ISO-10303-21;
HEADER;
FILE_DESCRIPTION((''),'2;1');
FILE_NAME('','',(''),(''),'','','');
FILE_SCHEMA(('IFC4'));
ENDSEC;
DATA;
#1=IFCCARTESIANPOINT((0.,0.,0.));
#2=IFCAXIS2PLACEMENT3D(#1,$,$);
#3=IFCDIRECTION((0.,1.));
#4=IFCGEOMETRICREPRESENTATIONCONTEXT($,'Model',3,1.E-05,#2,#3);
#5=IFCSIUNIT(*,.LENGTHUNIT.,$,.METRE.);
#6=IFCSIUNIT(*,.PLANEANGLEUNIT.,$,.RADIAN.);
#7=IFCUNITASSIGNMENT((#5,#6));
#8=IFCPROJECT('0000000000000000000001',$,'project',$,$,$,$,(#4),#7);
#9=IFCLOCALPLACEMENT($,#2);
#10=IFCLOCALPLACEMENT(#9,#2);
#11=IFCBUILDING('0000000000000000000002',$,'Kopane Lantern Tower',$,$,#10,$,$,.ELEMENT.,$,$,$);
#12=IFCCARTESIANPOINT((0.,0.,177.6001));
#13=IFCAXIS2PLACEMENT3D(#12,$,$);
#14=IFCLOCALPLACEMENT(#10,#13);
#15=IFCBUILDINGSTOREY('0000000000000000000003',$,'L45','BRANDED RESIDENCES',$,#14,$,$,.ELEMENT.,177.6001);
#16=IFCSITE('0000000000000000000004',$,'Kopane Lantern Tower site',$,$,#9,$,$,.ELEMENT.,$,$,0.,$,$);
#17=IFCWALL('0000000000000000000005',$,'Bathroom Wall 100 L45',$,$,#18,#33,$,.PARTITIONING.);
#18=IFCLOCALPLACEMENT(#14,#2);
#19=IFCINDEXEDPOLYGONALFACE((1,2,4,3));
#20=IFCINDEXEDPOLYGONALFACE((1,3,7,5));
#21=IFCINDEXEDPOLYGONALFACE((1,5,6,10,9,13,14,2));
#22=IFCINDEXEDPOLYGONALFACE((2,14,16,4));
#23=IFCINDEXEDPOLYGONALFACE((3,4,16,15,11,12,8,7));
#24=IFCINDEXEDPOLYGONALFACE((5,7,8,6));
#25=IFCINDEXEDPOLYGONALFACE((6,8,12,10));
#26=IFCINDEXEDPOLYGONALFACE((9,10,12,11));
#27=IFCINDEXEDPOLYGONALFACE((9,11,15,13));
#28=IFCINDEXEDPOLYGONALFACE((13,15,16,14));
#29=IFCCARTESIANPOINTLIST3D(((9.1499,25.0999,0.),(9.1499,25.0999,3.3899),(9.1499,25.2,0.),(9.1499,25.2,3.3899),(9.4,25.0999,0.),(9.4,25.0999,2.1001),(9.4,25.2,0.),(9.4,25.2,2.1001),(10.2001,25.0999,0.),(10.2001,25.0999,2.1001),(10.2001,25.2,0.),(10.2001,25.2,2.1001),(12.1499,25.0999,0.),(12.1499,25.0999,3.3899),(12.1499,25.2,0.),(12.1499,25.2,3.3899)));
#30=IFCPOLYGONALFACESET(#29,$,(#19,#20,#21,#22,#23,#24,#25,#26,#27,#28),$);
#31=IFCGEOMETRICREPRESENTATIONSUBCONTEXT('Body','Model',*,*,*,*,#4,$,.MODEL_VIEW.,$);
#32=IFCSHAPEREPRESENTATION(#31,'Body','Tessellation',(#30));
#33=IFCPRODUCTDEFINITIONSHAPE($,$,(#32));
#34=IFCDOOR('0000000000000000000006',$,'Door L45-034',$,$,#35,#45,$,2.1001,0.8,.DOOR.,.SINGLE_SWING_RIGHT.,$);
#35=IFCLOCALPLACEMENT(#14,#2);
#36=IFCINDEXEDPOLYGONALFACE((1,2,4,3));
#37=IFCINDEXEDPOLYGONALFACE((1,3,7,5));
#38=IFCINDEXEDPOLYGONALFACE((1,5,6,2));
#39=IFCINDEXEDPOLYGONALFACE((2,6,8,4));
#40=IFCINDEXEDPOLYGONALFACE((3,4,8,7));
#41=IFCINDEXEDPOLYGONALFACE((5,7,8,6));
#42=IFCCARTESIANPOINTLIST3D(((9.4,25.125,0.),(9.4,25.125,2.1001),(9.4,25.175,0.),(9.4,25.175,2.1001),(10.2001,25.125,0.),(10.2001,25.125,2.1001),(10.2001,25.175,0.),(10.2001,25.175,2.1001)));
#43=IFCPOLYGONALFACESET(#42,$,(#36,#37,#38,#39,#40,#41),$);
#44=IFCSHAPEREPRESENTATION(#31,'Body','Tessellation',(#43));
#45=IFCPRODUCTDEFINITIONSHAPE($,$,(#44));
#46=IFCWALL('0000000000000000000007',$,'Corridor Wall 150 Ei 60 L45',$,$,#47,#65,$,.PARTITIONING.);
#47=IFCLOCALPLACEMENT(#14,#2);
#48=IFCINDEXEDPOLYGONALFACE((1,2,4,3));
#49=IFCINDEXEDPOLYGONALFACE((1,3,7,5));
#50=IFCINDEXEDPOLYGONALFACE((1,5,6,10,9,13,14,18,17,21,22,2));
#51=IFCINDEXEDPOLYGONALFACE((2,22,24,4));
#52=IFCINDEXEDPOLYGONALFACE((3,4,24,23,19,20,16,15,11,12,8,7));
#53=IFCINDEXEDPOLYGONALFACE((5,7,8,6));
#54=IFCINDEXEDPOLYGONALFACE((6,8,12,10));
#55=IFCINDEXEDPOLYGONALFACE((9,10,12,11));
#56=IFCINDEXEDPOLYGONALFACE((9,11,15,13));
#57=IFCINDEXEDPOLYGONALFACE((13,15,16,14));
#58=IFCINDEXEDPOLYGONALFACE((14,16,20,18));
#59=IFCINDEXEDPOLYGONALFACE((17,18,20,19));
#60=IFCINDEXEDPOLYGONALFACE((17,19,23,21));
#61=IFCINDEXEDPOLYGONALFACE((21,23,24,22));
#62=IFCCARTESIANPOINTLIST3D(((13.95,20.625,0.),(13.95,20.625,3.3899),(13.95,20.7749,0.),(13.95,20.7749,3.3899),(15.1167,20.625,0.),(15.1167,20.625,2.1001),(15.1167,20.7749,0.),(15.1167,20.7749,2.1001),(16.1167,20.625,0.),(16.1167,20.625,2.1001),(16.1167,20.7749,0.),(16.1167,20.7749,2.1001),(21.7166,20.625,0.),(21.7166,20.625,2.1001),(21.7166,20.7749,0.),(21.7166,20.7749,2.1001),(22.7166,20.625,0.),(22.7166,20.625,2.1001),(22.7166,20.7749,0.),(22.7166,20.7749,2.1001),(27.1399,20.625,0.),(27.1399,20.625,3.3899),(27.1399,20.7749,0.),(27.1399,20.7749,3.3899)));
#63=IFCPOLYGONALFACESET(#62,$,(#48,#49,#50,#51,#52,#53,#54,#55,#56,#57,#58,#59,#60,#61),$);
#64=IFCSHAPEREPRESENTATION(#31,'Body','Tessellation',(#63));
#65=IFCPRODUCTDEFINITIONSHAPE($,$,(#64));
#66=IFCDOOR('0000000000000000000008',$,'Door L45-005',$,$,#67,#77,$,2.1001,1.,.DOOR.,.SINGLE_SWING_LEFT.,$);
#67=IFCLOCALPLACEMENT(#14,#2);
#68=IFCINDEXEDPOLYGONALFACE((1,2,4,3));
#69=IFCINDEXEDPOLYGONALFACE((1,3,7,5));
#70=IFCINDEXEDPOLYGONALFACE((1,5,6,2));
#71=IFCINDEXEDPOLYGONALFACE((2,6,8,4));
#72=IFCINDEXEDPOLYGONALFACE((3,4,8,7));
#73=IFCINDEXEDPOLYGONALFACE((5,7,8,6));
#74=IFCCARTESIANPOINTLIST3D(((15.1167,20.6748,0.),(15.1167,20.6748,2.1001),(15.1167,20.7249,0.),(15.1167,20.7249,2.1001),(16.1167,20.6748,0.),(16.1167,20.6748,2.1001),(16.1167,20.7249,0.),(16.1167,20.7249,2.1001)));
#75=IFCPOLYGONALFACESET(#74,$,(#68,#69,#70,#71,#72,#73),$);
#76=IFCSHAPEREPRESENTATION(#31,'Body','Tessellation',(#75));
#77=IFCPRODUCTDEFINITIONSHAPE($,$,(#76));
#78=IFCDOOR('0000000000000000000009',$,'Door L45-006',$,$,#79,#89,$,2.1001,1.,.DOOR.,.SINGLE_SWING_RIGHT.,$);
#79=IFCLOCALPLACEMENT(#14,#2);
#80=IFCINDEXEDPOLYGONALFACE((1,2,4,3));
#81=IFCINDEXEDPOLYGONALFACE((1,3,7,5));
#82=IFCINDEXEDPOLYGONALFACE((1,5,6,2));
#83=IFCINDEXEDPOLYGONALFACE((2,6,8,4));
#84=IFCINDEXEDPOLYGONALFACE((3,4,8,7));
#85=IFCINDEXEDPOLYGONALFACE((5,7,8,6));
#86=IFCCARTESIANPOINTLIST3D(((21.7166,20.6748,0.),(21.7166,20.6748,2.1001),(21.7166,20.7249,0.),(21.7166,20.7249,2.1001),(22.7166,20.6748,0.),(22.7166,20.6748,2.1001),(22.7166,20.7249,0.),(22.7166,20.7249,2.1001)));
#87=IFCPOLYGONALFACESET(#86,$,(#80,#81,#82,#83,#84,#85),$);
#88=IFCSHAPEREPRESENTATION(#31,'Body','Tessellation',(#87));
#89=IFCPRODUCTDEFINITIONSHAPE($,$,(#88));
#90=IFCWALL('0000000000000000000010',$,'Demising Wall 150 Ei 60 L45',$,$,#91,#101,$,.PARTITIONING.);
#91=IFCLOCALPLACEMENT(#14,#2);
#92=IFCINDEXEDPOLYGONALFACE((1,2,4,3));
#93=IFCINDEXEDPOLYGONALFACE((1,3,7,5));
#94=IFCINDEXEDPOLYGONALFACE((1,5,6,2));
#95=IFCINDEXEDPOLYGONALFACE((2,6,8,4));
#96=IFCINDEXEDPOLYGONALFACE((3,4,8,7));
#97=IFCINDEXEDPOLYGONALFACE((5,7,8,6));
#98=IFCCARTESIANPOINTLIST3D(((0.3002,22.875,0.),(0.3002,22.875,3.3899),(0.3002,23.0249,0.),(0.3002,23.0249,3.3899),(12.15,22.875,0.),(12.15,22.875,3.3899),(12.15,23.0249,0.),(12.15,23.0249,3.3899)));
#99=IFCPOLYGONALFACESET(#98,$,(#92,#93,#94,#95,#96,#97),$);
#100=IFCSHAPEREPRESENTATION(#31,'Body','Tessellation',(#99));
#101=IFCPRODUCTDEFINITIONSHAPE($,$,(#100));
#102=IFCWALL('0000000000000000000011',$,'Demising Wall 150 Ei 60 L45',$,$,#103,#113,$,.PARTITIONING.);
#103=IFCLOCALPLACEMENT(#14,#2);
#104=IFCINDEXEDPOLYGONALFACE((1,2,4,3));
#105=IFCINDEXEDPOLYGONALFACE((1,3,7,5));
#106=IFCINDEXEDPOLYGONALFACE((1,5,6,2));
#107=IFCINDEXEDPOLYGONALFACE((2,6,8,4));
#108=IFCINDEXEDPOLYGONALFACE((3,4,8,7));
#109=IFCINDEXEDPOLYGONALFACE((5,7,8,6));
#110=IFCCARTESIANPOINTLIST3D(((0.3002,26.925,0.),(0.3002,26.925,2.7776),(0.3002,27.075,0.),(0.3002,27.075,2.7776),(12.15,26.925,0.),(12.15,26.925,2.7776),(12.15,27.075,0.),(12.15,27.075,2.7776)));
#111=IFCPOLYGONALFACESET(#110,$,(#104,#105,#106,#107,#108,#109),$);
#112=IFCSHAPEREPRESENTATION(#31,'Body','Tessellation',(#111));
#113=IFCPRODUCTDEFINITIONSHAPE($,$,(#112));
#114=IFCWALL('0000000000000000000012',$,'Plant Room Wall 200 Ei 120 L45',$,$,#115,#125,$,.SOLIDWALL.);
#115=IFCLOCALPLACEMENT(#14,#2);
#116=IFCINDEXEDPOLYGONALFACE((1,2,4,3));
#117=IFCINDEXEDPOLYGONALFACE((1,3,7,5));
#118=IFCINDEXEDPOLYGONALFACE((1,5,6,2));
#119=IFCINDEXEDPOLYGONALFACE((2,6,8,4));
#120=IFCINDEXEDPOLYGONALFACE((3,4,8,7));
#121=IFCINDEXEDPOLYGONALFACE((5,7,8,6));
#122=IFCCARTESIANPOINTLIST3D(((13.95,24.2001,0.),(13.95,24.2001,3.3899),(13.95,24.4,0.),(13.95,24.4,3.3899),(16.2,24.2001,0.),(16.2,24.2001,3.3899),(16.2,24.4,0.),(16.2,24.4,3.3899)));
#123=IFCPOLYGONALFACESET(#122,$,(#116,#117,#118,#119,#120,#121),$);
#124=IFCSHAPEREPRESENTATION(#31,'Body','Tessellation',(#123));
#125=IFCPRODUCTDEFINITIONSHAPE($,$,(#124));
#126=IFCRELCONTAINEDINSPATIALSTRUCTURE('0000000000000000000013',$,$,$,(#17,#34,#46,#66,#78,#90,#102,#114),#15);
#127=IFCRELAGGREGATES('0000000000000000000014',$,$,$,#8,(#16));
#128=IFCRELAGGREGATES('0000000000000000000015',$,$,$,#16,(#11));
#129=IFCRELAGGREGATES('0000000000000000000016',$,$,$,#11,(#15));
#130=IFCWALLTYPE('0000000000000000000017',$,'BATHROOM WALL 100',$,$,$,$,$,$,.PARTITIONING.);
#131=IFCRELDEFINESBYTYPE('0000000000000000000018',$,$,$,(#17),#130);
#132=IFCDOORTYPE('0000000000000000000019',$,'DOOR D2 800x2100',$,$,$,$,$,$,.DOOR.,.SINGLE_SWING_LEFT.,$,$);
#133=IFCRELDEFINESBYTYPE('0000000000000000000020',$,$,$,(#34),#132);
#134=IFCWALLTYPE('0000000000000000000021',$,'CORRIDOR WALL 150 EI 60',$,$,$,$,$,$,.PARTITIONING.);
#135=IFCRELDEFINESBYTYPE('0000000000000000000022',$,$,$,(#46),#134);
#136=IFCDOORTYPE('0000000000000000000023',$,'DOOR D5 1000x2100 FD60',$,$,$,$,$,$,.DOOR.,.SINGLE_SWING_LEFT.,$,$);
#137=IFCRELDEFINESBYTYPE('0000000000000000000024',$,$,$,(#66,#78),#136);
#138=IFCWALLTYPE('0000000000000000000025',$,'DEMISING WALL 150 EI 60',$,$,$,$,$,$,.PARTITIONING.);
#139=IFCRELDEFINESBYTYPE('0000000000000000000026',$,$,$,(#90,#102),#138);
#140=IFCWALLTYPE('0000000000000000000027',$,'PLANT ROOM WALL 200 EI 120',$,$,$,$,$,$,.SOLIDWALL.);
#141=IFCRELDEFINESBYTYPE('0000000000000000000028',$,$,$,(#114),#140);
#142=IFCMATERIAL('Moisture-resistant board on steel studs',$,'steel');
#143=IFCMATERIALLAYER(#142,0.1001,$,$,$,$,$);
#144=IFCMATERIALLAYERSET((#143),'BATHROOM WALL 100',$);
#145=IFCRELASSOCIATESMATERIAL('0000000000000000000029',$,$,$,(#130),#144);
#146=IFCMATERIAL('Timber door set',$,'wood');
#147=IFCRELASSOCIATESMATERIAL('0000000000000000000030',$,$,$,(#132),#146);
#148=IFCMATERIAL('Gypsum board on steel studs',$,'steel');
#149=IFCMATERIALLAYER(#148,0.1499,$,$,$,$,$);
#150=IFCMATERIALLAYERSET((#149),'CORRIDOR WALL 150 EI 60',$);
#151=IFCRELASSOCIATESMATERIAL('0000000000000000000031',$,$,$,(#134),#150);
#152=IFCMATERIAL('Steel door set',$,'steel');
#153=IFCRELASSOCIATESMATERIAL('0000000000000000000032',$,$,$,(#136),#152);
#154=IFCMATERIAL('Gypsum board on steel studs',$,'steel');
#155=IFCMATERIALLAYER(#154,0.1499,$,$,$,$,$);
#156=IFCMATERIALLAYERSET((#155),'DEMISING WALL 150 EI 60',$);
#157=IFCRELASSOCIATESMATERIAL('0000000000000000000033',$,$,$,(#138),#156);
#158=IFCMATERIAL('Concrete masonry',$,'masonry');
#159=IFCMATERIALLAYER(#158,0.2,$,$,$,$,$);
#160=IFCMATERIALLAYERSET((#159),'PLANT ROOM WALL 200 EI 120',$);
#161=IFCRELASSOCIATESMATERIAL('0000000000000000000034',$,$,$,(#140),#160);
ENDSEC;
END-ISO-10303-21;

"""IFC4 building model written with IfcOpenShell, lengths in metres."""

from ifc_helpers import new_model, si_unit, direction, frame, frame_2d, origin, place, context, subcontext, project, spatial, rectangle, extrude, material, layer, layer_set, type_object, element, fill, save


model = new_model("IFC4")

# Units and contexts
model_context = context("Model", 3, precision=1e-05, world=origin(), true_north=direction((0.0, 1.0)))
body_context = subcontext(model_context, "Body", "Model", "MODEL_VIEW")
ifc_project = project(units=[si_unit("LENGTHUNIT", "METRE"), si_unit("PLANEANGLEUNIT", "RADIAN")], contexts=[model_context])

# Site, building, storey
site_placement = place(None, origin())
site = spatial("IfcSite", under=ifc_project, at=site_placement, Name="Kopane Lantern Tower site", CompositionType="ELEMENT", RefElevation=0.0)
building_placement = place(site_placement, origin())
building = spatial("IfcBuilding", under=site, at=building_placement, Name="Kopane Lantern Tower", CompositionType="ELEMENT")
storey_placement = place(building_placement, frame((0.0, 0.0, 177.6001)))
storey = spatial("IfcBuildingStorey", under=building, at=storey_placement, Name="L45", Description="BRANDED RESIDENCES", CompositionType="ELEMENT", Elevation=177.6001)

# Wall, opening, door
ifc_material_1 = material(Name="Moisture-resistant board on steel studs", Category="steel")
ifc_layer_1 = layer(ifc_material_1, 0.1001)
ifc_layer_set_1 = layer_set([ifc_layer_1], Name="BATHROOM WALL 100")
wall_type_1 = type_object("IfcWallType", Name="BATHROOM WALL 100", PredefinedType="PARTITIONING", material=ifc_layer_set_1)
ifc_material_2 = material(Name="Timber door set", Category="wood")
door_type_1 = type_object("IfcDoorType", Name="DOOR D2 800x2100", OperationType="SINGLE_SWING_LEFT", PredefinedType="DOOR", material=ifc_material_2)
wall_1_placement = place(storey_placement, frame((12.1499, 25.1499, 0.0), z_axis=(0.0, 0.0, 1.0), x_axis=(-1.0, 0.0, 0.0)))
wall_1 = element("IfcWall", 1, at=wall_1_placement, inside=storey, type_object=wall_type_1, Name="Bathroom Wall 100 L45", PredefinedType="PARTITIONING", context=body_context, shape_type="SweptSolid", body=[
    extrude(rectangle(XDim=3.0, YDim=0.1001, at=frame_2d((1.5, 0.0))), origin(), (0.0, 0.0, 1.0), 3.3899),
])
opening_1_placement = place(wall_1_placement, frame((1.95, 0.0, 0.0)))
opening_1 = element("IfcOpeningElement", 2, at=opening_1_placement, cuts=wall_1, PredefinedType="OPENING", context=body_context, shape_type="SweptSolid", body=[
    extrude(rectangle(XDim=0.8, YDim=2.1001, at=frame_2d((0.3999, 1.05))), frame((0.0, 0.0601, 0.0), z_axis=(0.0, -1.0, 0.0), x_axis=(1.0, 0.0, 0.0)), (0.0, 0.0, 1.0), 0.1201),
])
door_1_placement = place(opening_1_placement, origin())
door_1 = element("IfcDoor", 3, at=door_1_placement, inside=storey, type_object=door_type_1, Name="Door L45-034", OperationType="SINGLE_SWING_RIGHT", OverallHeight=2.1001, OverallWidth=0.8, PredefinedType="DOOR", context=body_context, shape_type="SweptSolid", body=[
    extrude(rectangle(XDim=0.8, YDim=2.1001, at=frame_2d((0.3999, 1.05))), frame((0.0, 0.0249, 0.0), z_axis=(0.0, -1.0, 0.0), x_axis=(1.0, 0.0, 0.0)), (0.0, 0.0, 1.0), 0.05),
])
fill(opening_1, door_1)

# Wall, openings, doors
ifc_material_3 = material(Name="Gypsum board on steel studs", Category="steel")
ifc_layer_2 = layer(ifc_material_3, 0.1499)
ifc_layer_set_2 = layer_set([ifc_layer_2], Name="CORRIDOR WALL 150 EI 60")
wall_type_2 = type_object("IfcWallType", Name="CORRIDOR WALL 150 EI 60", PredefinedType="PARTITIONING", material=ifc_layer_set_2)
wall_2_placement = place(storey_placement, frame((13.95, 20.7, 0.0), z_axis=(0.0, 0.0, 1.0), x_axis=(1.0, 0.0, 0.0)))
wall_2 = element("IfcWall", 4, at=wall_2_placement, inside=storey, type_object=wall_type_2, Name="Corridor Wall 150 Ei 60 L45", PredefinedType="PARTITIONING", context=body_context, shape_type="SweptSolid", body=[
    extrude(rectangle(XDim=13.1899, YDim=0.1499, at=frame_2d((6.595, 0.0))), origin(), (0.0, 0.0, 1.0), 3.3899),
])
opening_2_placement = place(wall_2_placement, frame((1.1667, 0.0, 0.0)))
opening_2 = element("IfcOpeningElement", 5, at=opening_2_placement, cuts=wall_2, PredefinedType="OPENING", context=body_context, shape_type="SweptSolid", body=[
    extrude(rectangle(XDim=1.0, YDim=2.1001, at=frame_2d((0.5, 1.05))), frame((0.0, 0.085, 0.0), z_axis=(0.0, -1.0, 0.0), x_axis=(1.0, 0.0, 0.0)), (0.0, 0.0, 1.0), 0.1699),
])
opening_3_placement = place(wall_2_placement, frame((7.7666, 0.0, 0.0)))
opening_3 = element("IfcOpeningElement", 6, at=opening_3_placement, cuts=wall_2, PredefinedType="OPENING", context=body_context, shape_type="SweptSolid", body=[
    extrude(rectangle(XDim=1.0, YDim=2.1001, at=frame_2d((0.5, 1.05))), frame((0.0, 0.085, 0.0), z_axis=(0.0, -1.0, 0.0), x_axis=(1.0, 0.0, 0.0)), (0.0, 0.0, 1.0), 0.1699),
])
ifc_material_4 = material(Name="Steel door set", Category="steel")
door_type_2 = type_object("IfcDoorType", Name="DOOR D5 1000x2100 FD60", OperationType="SINGLE_SWING_LEFT", PredefinedType="DOOR", material=ifc_material_4)
door_2_placement = place(opening_2_placement, origin())
door_2 = element("IfcDoor", 7, at=door_2_placement, inside=storey, type_object=door_type_2, Name="Door L45-005", OperationType="SINGLE_SWING_LEFT", OverallHeight=2.1001, OverallWidth=1.0, PredefinedType="DOOR", context=body_context, shape_type="SweptSolid", body=[
    extrude(rectangle(XDim=1.0, YDim=2.1001, at=frame_2d((0.5, 1.05))), frame((0.0, 0.0249, 0.0), z_axis=(0.0, -1.0, 0.0), x_axis=(1.0, 0.0, 0.0)), (0.0, 0.0, 1.0), 0.05),
])
fill(opening_2, door_2)
door_3_placement = place(opening_3_placement, origin())
door_3 = element("IfcDoor", 8, at=door_3_placement, inside=storey, type_object=door_type_2, Name="Door L45-006", OperationType="SINGLE_SWING_RIGHT", OverallHeight=2.1001, OverallWidth=1.0, PredefinedType="DOOR", context=body_context, shape_type="SweptSolid", body=[
    extrude(rectangle(XDim=1.0, YDim=2.1001, at=frame_2d((0.5, 1.05))), frame((0.0, 0.0249, 0.0), z_axis=(0.0, -1.0, 0.0), x_axis=(1.0, 0.0, 0.0)), (0.0, 0.0, 1.0), 0.05),
])
fill(opening_3, door_3)

# Walls
ifc_material_5 = material(Name="Gypsum board on steel studs", Category="steel")
ifc_layer_3 = layer(ifc_material_5, 0.1499)
ifc_layer_set_3 = layer_set([ifc_layer_3], Name="DEMISING WALL 150 EI 60")
wall_type_3 = type_object("IfcWallType", Name="DEMISING WALL 150 EI 60", PredefinedType="PARTITIONING", material=ifc_layer_set_3)
wall_3_placement = place(storey_placement, frame((12.1499, 22.95, 0.0), z_axis=(0.0, 0.0, 1.0), x_axis=(-1.0, 0.0, 0.0)))
element("IfcWall", 9, at=wall_3_placement, inside=storey, type_object=wall_type_3, Name="Demising Wall 150 Ei 60 L45", PredefinedType="PARTITIONING", context=body_context, shape_type="SweptSolid", body=[
    extrude(rectangle(XDim=11.8499, YDim=0.1499, at=frame_2d((5.9248, 0.0))), origin(), (0.0, 0.0, 1.0), 3.3899),
])
wall_4_placement = place(storey_placement, frame((12.1499, 27.0, 0.0), z_axis=(0.0, 0.0, 1.0), x_axis=(-1.0, 0.0, 0.0)))
element("IfcWall", 10, at=wall_4_placement, inside=storey, type_object=wall_type_3, Name="Demising Wall 150 Ei 60 L45", PredefinedType="PARTITIONING", context=body_context, shape_type="SweptSolid", body=[
    extrude(rectangle(XDim=11.8499, YDim=0.1499, at=frame_2d((5.9248, 0.0))), origin(), (0.0, 0.0, 1.0), 2.7776),
])
ifc_material_6 = material(Name="Concrete masonry", Category="masonry")
ifc_layer_4 = layer(ifc_material_6, 0.2)
ifc_layer_set_4 = layer_set([ifc_layer_4], Name="PLANT ROOM WALL 200 EI 120")
wall_type_4 = type_object("IfcWallType", Name="PLANT ROOM WALL 200 EI 120", PredefinedType="SOLIDWALL", material=ifc_layer_set_4)
wall_5_placement = place(storey_placement, frame((13.95, 24.3, 0.0), z_axis=(0.0, 0.0, 1.0), x_axis=(1.0, 0.0, 0.0)))
element("IfcWall", 11, at=wall_5_placement, inside=storey, type_object=wall_type_4, Name="Plant Room Wall 200 Ei 120 L45", PredefinedType="SOLIDWALL", context=body_context, shape_type="SweptSolid", body=[
    extrude(rectangle(XDim=2.25, YDim=0.2, at=frame_2d((1.125, 0.0))), origin(), (0.0, 0.0, 1.0), 3.3899),
])

save(model, "model.ifc")
